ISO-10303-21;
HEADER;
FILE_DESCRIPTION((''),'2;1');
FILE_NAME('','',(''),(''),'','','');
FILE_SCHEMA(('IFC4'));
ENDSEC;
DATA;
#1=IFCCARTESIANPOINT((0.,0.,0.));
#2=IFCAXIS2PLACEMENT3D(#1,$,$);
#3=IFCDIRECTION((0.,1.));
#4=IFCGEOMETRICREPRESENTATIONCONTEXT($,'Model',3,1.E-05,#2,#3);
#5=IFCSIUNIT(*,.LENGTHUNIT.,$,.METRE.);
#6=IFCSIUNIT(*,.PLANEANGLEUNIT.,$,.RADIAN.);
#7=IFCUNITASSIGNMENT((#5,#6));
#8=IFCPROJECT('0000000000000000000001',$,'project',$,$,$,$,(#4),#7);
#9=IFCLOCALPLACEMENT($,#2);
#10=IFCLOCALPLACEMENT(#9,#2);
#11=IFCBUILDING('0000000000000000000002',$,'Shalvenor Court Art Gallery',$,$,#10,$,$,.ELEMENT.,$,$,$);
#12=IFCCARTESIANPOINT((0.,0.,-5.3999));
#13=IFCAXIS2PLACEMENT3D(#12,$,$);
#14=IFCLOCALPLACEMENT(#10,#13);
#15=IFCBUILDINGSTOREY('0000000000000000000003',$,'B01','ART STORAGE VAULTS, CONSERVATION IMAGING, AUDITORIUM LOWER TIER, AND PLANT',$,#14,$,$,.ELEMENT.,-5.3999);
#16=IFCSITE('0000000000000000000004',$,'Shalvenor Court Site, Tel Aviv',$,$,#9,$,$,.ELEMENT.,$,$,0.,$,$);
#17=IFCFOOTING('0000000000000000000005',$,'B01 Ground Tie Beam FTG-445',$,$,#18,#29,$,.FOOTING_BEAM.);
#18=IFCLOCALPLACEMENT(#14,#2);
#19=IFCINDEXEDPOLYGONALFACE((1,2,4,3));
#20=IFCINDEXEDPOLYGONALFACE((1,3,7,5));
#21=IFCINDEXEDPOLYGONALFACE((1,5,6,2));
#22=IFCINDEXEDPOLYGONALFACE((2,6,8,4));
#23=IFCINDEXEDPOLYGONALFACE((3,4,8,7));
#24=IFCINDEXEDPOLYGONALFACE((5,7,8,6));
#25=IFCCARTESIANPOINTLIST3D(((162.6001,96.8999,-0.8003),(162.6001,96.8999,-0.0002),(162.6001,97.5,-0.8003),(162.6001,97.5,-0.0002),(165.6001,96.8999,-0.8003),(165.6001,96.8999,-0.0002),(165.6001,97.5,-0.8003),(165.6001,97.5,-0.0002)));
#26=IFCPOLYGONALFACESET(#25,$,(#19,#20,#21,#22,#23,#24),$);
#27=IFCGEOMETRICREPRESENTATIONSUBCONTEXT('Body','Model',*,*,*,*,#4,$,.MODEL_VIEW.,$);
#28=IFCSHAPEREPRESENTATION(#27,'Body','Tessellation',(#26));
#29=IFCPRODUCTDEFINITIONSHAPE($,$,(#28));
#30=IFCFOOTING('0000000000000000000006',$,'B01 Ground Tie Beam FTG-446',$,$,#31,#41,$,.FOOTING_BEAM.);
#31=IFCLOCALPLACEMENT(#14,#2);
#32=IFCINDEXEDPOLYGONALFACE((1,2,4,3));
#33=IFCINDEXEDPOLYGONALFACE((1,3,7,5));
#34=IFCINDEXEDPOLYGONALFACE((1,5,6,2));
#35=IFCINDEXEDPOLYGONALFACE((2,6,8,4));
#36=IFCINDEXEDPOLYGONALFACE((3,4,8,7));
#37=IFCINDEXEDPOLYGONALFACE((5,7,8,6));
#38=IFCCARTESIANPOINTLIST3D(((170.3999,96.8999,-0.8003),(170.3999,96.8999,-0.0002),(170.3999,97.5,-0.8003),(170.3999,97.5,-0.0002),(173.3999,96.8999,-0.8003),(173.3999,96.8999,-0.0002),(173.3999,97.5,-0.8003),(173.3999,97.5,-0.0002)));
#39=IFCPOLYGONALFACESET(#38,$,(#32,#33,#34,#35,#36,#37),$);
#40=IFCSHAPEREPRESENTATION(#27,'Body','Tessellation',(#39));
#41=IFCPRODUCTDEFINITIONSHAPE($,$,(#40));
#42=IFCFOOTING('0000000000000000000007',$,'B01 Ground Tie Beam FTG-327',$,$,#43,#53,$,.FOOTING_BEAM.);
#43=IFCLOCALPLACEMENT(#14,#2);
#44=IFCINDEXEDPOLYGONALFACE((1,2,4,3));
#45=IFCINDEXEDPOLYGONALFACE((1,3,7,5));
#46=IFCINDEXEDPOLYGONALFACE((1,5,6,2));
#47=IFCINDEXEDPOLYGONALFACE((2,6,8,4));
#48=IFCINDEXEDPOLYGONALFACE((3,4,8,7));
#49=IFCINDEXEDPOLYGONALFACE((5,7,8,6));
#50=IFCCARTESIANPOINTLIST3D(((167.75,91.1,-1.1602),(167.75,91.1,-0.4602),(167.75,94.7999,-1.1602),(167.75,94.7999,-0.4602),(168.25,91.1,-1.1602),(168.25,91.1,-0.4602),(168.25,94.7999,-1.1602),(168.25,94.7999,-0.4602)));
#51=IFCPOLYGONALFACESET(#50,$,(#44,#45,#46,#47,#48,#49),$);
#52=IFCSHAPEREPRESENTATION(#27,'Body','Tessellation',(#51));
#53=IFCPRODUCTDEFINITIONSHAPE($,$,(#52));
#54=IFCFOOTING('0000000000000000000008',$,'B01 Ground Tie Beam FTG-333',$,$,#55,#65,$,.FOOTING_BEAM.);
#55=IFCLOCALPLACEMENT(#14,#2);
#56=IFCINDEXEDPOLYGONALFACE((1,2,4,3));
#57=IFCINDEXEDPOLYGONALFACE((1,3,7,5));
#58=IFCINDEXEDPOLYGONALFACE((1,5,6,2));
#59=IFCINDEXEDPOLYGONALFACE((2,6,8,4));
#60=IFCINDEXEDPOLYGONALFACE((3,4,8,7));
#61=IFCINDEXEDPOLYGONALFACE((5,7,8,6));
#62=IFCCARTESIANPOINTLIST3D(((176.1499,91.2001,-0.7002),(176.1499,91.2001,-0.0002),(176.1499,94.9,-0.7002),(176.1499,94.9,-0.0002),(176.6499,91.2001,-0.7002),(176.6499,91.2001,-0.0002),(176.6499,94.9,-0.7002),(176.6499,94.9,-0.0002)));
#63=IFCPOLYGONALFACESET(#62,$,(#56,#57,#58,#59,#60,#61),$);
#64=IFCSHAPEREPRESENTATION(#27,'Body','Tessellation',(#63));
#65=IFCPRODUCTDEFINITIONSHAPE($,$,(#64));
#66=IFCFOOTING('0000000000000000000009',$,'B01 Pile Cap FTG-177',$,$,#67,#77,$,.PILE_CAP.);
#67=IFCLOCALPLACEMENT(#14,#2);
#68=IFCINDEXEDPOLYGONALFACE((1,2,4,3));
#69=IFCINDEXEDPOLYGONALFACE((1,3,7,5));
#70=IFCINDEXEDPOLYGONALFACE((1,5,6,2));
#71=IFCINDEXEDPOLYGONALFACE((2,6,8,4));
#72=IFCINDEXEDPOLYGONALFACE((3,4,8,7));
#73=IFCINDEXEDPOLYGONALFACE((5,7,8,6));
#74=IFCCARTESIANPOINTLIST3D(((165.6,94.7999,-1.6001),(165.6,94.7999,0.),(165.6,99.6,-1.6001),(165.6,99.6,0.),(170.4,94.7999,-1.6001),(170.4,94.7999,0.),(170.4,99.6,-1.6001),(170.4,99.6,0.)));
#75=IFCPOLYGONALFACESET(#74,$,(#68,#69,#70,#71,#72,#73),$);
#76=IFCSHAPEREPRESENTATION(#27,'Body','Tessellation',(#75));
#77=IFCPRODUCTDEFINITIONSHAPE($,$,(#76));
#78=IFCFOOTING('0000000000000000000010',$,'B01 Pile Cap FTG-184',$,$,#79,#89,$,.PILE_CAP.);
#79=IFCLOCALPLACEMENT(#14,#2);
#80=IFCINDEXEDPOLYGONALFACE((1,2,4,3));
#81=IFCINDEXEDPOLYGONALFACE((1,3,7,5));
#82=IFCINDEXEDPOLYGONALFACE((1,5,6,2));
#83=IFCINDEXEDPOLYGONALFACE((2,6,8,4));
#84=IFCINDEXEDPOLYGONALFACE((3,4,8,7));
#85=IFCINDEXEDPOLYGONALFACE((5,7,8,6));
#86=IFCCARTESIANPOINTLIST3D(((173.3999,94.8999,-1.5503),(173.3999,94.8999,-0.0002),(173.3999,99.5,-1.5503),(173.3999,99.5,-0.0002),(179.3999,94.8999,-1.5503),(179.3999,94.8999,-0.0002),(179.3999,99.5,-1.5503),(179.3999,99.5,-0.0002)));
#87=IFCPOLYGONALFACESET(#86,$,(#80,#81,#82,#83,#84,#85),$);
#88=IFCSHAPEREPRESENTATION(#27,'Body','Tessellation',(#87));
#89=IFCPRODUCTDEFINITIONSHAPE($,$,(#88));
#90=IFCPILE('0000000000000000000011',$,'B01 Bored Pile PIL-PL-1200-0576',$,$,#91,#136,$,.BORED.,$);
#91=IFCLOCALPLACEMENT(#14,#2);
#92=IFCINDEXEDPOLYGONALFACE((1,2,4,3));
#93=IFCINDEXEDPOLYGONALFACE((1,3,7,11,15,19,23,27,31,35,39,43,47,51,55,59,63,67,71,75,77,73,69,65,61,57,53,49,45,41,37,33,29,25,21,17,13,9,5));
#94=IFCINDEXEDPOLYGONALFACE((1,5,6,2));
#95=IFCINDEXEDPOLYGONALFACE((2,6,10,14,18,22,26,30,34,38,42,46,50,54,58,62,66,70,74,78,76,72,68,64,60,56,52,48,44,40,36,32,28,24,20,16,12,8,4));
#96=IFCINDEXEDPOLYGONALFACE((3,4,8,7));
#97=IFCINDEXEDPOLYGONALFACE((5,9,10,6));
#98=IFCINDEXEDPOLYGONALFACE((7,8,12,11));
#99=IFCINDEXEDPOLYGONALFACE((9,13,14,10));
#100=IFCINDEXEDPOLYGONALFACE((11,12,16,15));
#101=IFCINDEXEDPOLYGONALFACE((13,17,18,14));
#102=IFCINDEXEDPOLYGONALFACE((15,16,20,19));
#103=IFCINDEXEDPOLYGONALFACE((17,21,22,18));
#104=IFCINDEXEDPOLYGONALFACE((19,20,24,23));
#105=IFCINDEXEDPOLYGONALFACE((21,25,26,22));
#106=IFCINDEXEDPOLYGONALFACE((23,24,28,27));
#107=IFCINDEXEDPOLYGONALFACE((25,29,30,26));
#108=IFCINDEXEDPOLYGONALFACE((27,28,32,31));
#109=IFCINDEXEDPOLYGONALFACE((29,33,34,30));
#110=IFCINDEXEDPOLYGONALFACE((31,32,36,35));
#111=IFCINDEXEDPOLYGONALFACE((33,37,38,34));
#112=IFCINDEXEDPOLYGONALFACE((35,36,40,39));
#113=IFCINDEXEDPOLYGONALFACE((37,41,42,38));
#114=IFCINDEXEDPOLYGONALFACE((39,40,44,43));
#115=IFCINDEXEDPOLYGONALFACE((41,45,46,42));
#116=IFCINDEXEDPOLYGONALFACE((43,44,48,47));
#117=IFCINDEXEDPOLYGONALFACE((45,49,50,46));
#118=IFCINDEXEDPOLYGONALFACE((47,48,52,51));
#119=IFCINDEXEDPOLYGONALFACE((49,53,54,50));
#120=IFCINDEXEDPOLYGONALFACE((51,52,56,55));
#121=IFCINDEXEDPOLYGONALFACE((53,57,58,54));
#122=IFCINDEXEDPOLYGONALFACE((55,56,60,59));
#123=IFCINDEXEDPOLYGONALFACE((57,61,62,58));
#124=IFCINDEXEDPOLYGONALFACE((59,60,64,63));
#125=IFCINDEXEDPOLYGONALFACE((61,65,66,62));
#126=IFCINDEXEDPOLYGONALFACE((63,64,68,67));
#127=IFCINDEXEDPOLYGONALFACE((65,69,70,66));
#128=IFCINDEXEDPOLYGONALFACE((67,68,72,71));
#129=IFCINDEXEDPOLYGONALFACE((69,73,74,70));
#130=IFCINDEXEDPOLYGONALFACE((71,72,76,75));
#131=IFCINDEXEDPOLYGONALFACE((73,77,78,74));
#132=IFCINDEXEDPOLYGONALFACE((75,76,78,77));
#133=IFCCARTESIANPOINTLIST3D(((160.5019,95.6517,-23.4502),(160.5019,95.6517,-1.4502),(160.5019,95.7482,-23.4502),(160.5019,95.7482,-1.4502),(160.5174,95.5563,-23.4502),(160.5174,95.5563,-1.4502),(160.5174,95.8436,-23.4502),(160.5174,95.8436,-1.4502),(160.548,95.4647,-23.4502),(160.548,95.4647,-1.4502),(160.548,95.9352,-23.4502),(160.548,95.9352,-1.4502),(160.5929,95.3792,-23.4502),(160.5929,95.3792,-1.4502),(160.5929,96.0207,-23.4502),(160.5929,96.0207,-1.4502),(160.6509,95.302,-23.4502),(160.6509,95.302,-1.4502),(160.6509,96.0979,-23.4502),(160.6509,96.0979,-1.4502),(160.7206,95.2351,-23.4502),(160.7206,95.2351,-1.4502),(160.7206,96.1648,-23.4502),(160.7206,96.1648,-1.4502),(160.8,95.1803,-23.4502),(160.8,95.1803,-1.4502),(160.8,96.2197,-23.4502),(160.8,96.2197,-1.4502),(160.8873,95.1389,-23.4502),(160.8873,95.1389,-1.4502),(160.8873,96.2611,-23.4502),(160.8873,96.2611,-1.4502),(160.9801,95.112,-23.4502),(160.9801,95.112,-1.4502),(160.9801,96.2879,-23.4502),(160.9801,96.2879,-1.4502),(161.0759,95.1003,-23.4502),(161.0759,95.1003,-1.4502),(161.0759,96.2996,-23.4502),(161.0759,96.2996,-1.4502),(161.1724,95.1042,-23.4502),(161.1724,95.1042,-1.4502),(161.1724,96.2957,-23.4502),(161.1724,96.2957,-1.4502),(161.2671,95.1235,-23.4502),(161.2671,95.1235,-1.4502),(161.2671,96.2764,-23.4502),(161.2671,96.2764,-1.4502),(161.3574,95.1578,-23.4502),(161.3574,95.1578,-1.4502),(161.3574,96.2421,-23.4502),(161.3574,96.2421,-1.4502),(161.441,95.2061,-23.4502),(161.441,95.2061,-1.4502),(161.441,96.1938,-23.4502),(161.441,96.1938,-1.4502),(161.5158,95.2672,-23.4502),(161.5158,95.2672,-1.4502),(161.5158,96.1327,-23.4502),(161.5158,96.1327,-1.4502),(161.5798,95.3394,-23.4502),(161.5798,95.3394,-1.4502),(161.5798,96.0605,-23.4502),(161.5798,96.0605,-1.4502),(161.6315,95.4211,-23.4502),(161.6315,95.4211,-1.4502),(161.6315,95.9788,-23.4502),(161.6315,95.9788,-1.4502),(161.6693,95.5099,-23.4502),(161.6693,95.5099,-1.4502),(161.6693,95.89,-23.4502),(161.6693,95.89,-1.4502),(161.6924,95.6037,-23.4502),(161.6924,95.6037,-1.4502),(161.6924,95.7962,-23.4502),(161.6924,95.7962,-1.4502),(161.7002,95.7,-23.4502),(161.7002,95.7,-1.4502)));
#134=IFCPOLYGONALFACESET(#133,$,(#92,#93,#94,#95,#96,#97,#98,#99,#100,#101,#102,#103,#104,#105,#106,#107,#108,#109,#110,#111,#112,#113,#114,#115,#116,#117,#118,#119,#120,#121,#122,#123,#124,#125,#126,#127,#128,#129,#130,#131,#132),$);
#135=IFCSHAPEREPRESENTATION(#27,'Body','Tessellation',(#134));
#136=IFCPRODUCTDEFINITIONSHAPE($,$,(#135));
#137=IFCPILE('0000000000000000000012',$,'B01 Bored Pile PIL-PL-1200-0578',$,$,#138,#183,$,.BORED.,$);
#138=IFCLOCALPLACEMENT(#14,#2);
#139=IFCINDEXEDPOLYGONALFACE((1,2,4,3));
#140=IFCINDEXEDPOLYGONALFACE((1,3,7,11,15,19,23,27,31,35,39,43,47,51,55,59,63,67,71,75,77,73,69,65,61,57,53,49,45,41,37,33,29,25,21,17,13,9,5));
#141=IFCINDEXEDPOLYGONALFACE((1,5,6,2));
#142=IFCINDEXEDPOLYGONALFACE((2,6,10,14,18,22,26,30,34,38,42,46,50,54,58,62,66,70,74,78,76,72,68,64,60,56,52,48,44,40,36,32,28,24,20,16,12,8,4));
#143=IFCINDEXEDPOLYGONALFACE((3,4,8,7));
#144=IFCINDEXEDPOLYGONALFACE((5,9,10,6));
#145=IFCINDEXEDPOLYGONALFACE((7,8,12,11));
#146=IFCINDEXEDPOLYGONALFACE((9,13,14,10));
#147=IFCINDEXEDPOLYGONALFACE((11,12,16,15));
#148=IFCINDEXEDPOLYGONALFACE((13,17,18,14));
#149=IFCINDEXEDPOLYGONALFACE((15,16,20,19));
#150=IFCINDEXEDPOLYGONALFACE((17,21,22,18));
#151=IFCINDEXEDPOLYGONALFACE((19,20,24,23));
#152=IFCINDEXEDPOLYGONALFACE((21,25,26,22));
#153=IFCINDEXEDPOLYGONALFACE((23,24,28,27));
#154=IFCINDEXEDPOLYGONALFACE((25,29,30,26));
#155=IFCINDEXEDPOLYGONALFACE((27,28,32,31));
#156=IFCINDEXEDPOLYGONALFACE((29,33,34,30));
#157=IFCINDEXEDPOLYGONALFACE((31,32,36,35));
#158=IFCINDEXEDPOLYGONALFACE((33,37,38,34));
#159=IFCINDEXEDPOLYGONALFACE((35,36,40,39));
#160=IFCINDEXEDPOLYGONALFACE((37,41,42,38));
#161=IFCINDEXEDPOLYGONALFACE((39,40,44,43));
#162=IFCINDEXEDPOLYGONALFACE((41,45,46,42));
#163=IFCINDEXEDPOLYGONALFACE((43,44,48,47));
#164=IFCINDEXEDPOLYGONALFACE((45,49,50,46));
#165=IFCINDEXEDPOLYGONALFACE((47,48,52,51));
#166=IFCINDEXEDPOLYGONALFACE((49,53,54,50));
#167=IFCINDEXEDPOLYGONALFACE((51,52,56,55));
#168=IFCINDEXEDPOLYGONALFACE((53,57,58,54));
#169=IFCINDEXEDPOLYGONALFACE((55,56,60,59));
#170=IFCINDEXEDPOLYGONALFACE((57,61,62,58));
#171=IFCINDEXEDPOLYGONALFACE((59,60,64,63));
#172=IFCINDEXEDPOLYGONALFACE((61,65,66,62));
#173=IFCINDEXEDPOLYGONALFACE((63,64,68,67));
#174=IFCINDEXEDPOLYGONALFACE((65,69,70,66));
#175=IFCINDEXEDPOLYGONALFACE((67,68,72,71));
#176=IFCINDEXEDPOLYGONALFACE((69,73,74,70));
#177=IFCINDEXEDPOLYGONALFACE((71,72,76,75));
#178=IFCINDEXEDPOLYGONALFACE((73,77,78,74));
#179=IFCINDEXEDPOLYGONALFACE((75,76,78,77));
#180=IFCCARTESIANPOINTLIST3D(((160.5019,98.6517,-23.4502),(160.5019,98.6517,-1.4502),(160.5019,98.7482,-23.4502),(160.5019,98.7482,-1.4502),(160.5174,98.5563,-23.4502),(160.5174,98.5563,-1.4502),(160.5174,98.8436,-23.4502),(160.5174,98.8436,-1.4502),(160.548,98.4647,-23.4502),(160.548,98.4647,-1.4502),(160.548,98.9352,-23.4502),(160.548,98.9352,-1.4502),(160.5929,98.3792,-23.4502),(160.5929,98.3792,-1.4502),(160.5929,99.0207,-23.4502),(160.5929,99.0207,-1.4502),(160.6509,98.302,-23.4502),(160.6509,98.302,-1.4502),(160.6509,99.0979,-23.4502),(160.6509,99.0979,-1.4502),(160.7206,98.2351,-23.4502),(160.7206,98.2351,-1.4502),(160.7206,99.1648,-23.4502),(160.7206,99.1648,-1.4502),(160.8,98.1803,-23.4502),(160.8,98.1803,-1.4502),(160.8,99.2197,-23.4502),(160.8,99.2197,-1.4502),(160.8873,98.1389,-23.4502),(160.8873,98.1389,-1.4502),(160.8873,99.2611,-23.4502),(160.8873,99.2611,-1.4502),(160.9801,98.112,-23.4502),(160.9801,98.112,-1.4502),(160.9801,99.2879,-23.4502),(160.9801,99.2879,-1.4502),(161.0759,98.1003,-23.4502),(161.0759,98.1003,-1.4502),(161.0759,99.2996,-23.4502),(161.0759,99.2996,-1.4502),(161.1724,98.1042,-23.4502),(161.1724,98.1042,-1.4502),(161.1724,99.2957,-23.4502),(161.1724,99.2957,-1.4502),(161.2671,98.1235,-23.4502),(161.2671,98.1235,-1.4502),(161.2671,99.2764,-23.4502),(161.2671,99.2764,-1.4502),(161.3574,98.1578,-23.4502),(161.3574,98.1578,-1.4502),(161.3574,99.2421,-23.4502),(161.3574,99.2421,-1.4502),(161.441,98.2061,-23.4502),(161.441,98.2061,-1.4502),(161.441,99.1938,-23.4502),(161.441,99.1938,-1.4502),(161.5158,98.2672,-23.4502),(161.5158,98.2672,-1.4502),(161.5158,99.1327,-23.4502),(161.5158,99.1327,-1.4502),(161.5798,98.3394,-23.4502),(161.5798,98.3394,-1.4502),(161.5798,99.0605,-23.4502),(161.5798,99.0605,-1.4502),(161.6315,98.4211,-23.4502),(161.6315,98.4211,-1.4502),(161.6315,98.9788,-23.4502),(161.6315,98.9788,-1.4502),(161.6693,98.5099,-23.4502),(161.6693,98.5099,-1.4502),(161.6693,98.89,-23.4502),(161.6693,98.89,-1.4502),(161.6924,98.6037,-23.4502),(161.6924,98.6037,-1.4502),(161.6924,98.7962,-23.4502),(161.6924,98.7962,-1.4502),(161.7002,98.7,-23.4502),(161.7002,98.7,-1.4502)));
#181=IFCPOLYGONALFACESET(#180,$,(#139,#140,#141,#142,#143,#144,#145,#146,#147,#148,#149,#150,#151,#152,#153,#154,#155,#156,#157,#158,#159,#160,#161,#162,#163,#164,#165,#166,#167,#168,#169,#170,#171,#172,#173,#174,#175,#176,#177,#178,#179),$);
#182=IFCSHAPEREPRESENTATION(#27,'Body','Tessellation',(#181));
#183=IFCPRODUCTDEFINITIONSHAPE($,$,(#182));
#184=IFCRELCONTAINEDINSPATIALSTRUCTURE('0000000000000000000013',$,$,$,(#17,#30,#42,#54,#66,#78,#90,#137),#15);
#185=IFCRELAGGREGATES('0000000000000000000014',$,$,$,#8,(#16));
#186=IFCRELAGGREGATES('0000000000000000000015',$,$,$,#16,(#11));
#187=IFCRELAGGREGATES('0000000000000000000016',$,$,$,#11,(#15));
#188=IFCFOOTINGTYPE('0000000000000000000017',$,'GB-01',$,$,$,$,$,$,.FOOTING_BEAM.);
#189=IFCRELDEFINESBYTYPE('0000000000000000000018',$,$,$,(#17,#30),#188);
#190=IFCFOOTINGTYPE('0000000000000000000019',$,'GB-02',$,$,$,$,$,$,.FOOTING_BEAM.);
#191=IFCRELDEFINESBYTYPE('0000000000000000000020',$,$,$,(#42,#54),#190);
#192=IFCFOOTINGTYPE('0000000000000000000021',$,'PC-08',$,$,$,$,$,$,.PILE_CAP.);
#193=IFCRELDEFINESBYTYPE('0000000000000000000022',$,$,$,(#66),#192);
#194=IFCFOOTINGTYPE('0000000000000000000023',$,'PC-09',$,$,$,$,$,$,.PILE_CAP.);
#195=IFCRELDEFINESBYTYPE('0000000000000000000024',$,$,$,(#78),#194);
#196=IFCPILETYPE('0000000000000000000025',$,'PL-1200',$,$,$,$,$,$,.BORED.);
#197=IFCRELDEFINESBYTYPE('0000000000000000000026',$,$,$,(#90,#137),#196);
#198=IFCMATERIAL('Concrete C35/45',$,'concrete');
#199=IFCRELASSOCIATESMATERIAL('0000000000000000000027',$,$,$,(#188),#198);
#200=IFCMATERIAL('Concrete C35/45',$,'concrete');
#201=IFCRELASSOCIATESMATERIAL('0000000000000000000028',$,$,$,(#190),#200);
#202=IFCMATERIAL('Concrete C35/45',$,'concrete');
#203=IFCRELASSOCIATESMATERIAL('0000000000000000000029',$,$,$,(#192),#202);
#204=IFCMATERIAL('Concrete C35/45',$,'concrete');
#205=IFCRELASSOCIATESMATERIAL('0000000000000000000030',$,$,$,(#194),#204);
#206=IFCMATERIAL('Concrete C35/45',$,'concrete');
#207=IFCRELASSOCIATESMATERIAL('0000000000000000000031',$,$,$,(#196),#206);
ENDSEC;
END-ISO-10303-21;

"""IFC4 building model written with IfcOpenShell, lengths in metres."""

from ifc_helpers import new_model, si_unit, direction, frame, origin, origin_2d, place, context, subcontext, project, spatial, rectangle, circle, extrude, material, material_profile, profile_set, type_object, element, save


model = new_model("IFC4")

# Units and contexts
model_context = context("Model", 3, precision=1e-05, world=origin(), true_north=direction((0.0, 1.0)))
body_context = subcontext(model_context, "Body", "Model", "MODEL_VIEW")
ifc_project = project(units=[si_unit("LENGTHUNIT", "METRE"), si_unit("PLANEANGLEUNIT", "RADIAN")], contexts=[model_context])

# Site, building, storey
site_placement = place(None, origin())
site = spatial("IfcSite", under=ifc_project, at=site_placement, Name="Shalvenor Court Site, Tel Aviv", CompositionType="ELEMENT", RefElevation=0.0)
building_placement = place(site_placement, origin())
building = spatial("IfcBuilding", under=site, at=building_placement, Name="Shalvenor Court Art Gallery", CompositionType="ELEMENT")
storey_placement = place(building_placement, frame((0.0, 0.0, -5.3999)))
storey = spatial("IfcBuildingStorey", under=building, at=storey_placement, Name="B01", Description="ART STORAGE VAULTS, CONSERVATION IMAGING, AUDITORIUM LOWER TIER, AND PLANT", CompositionType="ELEMENT", Elevation=-5.3999)

# Footings
ifc_material_1 = material(Name="Concrete C35/45", Category="concrete")
footing_type_1 = type_object("IfcFootingType", Name="GB-01", PredefinedType="FOOTING_BEAM", material=ifc_material_1)
for number, where, z_axis, x_axis, name in (
    (1, (164.1001, 97.2, -0.8003), (0.0, 0.0, 1.0), (1.0, 0.0, 0.0), "B01 Ground Tie Beam FTG-445"),
    (2, (171.8999, 97.2, -0.8003), (0.0, 0.0, 1.0), (1.0, 0.0, 0.0), "B01 Ground Tie Beam FTG-446"),
):
    element("IfcFooting", number, at=place(storey_placement, frame(where, z_axis=z_axis, x_axis=x_axis)), inside=storey, type_object=footing_type_1, Name=name, PredefinedType="FOOTING_BEAM", context=body_context, shape_type="SweptSolid", body=[
        extrude(rectangle(XDim=3.0, YDim=0.6001, at=origin_2d()), origin(), (0.0, 0.0, 1.0), 0.8),
    ])
ifc_material_2 = material(Name="Concrete C35/45", Category="concrete")
footing_type_2 = type_object("IfcFootingType", Name="GB-02", PredefinedType="FOOTING_BEAM", material=ifc_material_2)
for number, where, z_axis, x_axis, name in (
    (3, (168.0, 92.95, -1.1602), (0.0, 0.0, 1.0), (0.0, 1.0, 0.0), "B01 Ground Tie Beam FTG-327"),
    (4, (176.3999, 93.05, -0.7002), (0.0, 0.0, 1.0), (0.0, 1.0, 0.0), "B01 Ground Tie Beam FTG-333"),
):
    element("IfcFooting", number, at=place(storey_placement, frame(where, z_axis=z_axis, x_axis=x_axis)), inside=storey, type_object=footing_type_2, Name=name, PredefinedType="FOOTING_BEAM", context=body_context, shape_type="SweptSolid", body=[
        extrude(rectangle(XDim=3.7, YDim=0.5, at=origin_2d()), origin(), (0.0, 0.0, 1.0), 0.7),
    ])
ifc_material_3 = material(Name="Concrete C35/45", Category="concrete")
footing_type_3 = type_object("IfcFootingType", Name="PC-08", PredefinedType="PILE_CAP", material=ifc_material_3)
footing_1_placement = place(storey_placement, frame((168.0, 97.2, -1.6001), z_axis=(0.0, 0.0, 1.0), x_axis=(1.0, 0.0, 0.0)))
element("IfcFooting", 5, at=footing_1_placement, inside=storey, type_object=footing_type_3, Name="B01 Pile Cap FTG-177", PredefinedType="PILE_CAP", context=body_context, shape_type="SweptSolid", body=[
    extrude(rectangle(XDim=4.8, YDim=4.8, at=origin_2d()), origin(), (0.0, 0.0, 1.0), 1.6001),
])
ifc_material_4 = material(Name="Concrete C35/45", Category="concrete")
footing_type_4 = type_object("IfcFootingType", Name="PC-09", PredefinedType="PILE_CAP", material=ifc_material_4)
footing_2_placement = place(storey_placement, frame((176.3999, 97.2, -1.5503), z_axis=(0.0, 0.0, 1.0), x_axis=(1.0, 0.0, 0.0)))
element("IfcFooting", 6, at=footing_2_placement, inside=storey, type_object=footing_type_4, Name="B01 Pile Cap FTG-184", PredefinedType="PILE_CAP", context=body_context, shape_type="SweptSolid", body=[
    extrude(rectangle(XDim=6.0, YDim=4.6001, at=origin_2d()), origin(), (0.0, 0.0, 1.0), 1.55),
])

# Piles
ifc_material_5 = material(Name="Concrete C35/45", Category="concrete")
ifc_material_profile_1 = material_profile(ifc_material_5, circle(Radius=0.6001, at=origin_2d()), Name="PILE 1200")
ifc_profile_set_1 = profile_set([ifc_material_profile_1], Name="Concrete C35/45")
pile_type = type_object("IfcPileType", Name="PL-1200", PredefinedType="BORED", material=ifc_profile_set_1)
for number, where, z_axis, x_axis, name in (
    (7, (161.1001, 95.7, -1.4502), (0.0, 0.0, -1.0), (1.0, 0.0, 0.0), "B01 Bored Pile PIL-PL-1200-0576"),
    (8, (161.1001, 98.7, -1.4502), (0.0, 0.0, -1.0), (1.0, 0.0, 0.0), "B01 Bored Pile PIL-PL-1200-0578"),
):
    element("IfcPile", number, at=place(storey_placement, frame(where, z_axis=z_axis, x_axis=x_axis)), inside=storey, type_object=pile_type, Name=name, PredefinedType="BORED", context=body_context, shape_type="SweptSolid", body=[
        extrude(circle(Radius=0.6001, at=origin_2d()), origin(), (0.0, 0.0, 1.0), 22.0),
    ])

save(model, "model.ifc")
